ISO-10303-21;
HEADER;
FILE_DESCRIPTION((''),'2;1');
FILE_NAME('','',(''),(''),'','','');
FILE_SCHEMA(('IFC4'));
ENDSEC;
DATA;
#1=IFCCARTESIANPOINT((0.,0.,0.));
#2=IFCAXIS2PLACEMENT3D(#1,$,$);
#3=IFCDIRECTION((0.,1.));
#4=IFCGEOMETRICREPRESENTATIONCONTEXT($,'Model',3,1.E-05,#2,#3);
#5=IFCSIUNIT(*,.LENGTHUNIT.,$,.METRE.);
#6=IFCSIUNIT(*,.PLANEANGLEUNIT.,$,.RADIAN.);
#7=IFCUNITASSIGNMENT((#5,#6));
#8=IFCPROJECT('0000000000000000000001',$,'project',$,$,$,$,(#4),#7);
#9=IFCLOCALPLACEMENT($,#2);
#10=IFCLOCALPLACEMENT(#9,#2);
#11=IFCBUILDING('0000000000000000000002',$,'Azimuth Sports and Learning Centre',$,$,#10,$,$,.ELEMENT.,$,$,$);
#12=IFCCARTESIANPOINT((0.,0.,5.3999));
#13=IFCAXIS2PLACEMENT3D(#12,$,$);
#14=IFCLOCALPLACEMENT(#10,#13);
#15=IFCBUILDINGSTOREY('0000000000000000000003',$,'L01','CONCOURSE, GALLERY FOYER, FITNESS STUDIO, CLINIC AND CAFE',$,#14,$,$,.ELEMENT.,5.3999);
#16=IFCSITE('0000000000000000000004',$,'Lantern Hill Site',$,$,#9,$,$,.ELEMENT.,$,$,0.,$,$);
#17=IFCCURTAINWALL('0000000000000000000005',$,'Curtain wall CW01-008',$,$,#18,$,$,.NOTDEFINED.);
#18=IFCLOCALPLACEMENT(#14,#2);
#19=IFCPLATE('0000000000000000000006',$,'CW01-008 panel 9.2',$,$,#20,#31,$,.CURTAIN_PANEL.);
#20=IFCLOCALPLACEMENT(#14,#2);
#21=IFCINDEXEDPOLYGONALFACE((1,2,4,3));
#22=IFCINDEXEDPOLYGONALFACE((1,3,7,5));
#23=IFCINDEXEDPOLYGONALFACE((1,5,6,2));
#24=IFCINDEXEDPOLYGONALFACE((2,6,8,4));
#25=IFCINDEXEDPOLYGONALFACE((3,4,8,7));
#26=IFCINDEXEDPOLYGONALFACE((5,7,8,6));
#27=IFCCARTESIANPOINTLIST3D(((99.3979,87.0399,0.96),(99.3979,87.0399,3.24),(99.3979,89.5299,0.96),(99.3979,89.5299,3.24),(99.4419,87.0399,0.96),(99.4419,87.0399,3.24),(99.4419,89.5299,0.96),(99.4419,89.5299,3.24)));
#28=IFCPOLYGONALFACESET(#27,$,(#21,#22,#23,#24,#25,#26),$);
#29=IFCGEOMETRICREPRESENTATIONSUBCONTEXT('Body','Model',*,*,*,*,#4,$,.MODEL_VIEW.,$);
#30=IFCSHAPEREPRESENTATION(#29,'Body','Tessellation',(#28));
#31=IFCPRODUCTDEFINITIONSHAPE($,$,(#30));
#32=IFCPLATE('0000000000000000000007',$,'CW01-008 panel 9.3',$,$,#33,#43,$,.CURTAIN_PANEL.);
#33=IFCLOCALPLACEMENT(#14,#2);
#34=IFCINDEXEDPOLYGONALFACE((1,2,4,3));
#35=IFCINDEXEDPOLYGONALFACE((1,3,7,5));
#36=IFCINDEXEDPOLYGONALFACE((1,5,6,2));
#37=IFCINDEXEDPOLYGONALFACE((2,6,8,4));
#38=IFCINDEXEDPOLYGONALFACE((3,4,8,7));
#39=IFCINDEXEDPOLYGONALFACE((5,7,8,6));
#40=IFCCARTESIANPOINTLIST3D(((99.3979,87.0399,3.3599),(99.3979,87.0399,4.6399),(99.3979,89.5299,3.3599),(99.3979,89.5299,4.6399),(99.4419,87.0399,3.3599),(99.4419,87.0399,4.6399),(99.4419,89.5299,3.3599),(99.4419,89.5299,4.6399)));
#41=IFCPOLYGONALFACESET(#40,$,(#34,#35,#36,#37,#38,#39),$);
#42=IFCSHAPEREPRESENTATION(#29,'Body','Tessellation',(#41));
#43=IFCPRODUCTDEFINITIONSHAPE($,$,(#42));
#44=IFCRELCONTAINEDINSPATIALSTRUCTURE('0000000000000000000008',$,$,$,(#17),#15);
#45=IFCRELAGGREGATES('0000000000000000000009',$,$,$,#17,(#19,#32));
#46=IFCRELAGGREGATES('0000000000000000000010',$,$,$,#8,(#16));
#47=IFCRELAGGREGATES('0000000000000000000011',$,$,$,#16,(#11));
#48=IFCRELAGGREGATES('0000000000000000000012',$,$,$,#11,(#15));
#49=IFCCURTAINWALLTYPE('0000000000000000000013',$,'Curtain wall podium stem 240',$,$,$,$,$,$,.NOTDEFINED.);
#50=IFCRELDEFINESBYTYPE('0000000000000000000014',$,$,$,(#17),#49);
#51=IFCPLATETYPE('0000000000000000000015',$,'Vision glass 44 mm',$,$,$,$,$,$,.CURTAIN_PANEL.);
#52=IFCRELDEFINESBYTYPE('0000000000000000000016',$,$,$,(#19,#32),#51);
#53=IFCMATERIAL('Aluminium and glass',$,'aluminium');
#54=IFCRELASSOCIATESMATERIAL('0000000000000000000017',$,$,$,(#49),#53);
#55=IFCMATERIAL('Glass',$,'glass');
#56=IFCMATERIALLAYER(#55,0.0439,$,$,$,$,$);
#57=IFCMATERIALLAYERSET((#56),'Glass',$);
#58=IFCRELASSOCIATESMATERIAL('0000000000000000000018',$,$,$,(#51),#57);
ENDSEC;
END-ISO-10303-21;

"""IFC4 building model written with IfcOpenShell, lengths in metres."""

from ifc_helpers import new_model, si_unit, direction, frame, origin, origin_2d, place, context, subcontext, project, spatial, rectangle, extrude, material, layer, layer_set, type_object, element, aggregate, save


model = new_model("IFC4")

# Units and contexts
model_context = context("Model", 3, precision=1e-05, world=origin(), true_north=direction((0.0, 1.0)))
body_context = subcontext(model_context, "Body", "Model", "MODEL_VIEW")
ifc_project = project(units=[si_unit("LENGTHUNIT", "METRE"), si_unit("PLANEANGLEUNIT", "RADIAN")], contexts=[model_context])

# Site, building, storey
site_placement = place(None, origin())
site = spatial("IfcSite", under=ifc_project, at=site_placement, Name="Lantern Hill Site", CompositionType="ELEMENT", RefElevation=0.0)
building_placement = place(site_placement, origin())
building = spatial("IfcBuilding", under=site, at=building_placement, Name="Azimuth Sports and Learning Centre", CompositionType="ELEMENT")
storey_placement = place(building_placement, frame((0.0, 0.0, 5.3999)))
storey = spatial("IfcBuildingStorey", under=building, at=storey_placement, Name="L01", Description="CONCOURSE, GALLERY FOYER, FITNESS STUDIO, CLINIC AND CAFE", CompositionType="ELEMENT", Elevation=5.3999)

# Curtain wall, plates
ifc_material_1 = material(Name="Aluminium and glass", Category="aluminium")
curtain_wall_type = type_object("IfcCurtainWallType", Name="Curtain wall podium stem 240", PredefinedType="NOTDEFINED", material=ifc_material_1)
curtain_wall_placement = place(storey_placement, origin())
curtain_wall = element("IfcCurtainWall", 1, at=curtain_wall_placement, inside=storey, type_object=curtain_wall_type, Name="Curtain wall CW01-008", PredefinedType="NOTDEFINED")
ifc_material_2 = material(Name="Glass", Category="glass")
ifc_layer_1 = layer(ifc_material_2, 0.0439)
ifc_layer_set_1 = layer_set([ifc_layer_1], Name="Glass")
plate_type_1 = type_object("IfcPlateType", Name="Vision glass 44 mm", PredefinedType="CURTAIN_PANEL", material=ifc_layer_set_1)
plate_1_placement = place(storey_placement, frame((99.4199, 88.2849, 0.96), z_axis=(0.0, 0.0, 1.0), x_axis=(0.0, 1.0, 0.0)))
plate_1 = element("IfcPlate", 2, at=plate_1_placement, type_object=plate_type_1, Name="CW01-008 panel 9.2", PredefinedType="CURTAIN_PANEL", context=body_context, shape_type="SweptSolid", body=[
    extrude(rectangle(XDim=2.49, YDim=0.0439, at=origin_2d()), origin(), (0.0, 0.0, 1.0), 2.28),
])
plate_2_placement = place(storey_placement, frame((99.4199, 88.2849, 3.3599), z_axis=(0.0, 0.0, 1.0), x_axis=(0.0, 1.0, 0.0)))
plate_2 = element("IfcPlate", 3, at=plate_2_placement, type_object=plate_type_1, Name="CW01-008 panel 9.3", PredefinedType="CURTAIN_PANEL", context=body_context, shape_type="SweptSolid", body=[
    extrude(rectangle(XDim=2.49, YDim=0.0439, at=origin_2d()), origin(), (0.0, 0.0, 1.0), 1.28),
])
aggregate(curtain_wall, [plate_1, plate_2])

save(model, "model.ifc")
